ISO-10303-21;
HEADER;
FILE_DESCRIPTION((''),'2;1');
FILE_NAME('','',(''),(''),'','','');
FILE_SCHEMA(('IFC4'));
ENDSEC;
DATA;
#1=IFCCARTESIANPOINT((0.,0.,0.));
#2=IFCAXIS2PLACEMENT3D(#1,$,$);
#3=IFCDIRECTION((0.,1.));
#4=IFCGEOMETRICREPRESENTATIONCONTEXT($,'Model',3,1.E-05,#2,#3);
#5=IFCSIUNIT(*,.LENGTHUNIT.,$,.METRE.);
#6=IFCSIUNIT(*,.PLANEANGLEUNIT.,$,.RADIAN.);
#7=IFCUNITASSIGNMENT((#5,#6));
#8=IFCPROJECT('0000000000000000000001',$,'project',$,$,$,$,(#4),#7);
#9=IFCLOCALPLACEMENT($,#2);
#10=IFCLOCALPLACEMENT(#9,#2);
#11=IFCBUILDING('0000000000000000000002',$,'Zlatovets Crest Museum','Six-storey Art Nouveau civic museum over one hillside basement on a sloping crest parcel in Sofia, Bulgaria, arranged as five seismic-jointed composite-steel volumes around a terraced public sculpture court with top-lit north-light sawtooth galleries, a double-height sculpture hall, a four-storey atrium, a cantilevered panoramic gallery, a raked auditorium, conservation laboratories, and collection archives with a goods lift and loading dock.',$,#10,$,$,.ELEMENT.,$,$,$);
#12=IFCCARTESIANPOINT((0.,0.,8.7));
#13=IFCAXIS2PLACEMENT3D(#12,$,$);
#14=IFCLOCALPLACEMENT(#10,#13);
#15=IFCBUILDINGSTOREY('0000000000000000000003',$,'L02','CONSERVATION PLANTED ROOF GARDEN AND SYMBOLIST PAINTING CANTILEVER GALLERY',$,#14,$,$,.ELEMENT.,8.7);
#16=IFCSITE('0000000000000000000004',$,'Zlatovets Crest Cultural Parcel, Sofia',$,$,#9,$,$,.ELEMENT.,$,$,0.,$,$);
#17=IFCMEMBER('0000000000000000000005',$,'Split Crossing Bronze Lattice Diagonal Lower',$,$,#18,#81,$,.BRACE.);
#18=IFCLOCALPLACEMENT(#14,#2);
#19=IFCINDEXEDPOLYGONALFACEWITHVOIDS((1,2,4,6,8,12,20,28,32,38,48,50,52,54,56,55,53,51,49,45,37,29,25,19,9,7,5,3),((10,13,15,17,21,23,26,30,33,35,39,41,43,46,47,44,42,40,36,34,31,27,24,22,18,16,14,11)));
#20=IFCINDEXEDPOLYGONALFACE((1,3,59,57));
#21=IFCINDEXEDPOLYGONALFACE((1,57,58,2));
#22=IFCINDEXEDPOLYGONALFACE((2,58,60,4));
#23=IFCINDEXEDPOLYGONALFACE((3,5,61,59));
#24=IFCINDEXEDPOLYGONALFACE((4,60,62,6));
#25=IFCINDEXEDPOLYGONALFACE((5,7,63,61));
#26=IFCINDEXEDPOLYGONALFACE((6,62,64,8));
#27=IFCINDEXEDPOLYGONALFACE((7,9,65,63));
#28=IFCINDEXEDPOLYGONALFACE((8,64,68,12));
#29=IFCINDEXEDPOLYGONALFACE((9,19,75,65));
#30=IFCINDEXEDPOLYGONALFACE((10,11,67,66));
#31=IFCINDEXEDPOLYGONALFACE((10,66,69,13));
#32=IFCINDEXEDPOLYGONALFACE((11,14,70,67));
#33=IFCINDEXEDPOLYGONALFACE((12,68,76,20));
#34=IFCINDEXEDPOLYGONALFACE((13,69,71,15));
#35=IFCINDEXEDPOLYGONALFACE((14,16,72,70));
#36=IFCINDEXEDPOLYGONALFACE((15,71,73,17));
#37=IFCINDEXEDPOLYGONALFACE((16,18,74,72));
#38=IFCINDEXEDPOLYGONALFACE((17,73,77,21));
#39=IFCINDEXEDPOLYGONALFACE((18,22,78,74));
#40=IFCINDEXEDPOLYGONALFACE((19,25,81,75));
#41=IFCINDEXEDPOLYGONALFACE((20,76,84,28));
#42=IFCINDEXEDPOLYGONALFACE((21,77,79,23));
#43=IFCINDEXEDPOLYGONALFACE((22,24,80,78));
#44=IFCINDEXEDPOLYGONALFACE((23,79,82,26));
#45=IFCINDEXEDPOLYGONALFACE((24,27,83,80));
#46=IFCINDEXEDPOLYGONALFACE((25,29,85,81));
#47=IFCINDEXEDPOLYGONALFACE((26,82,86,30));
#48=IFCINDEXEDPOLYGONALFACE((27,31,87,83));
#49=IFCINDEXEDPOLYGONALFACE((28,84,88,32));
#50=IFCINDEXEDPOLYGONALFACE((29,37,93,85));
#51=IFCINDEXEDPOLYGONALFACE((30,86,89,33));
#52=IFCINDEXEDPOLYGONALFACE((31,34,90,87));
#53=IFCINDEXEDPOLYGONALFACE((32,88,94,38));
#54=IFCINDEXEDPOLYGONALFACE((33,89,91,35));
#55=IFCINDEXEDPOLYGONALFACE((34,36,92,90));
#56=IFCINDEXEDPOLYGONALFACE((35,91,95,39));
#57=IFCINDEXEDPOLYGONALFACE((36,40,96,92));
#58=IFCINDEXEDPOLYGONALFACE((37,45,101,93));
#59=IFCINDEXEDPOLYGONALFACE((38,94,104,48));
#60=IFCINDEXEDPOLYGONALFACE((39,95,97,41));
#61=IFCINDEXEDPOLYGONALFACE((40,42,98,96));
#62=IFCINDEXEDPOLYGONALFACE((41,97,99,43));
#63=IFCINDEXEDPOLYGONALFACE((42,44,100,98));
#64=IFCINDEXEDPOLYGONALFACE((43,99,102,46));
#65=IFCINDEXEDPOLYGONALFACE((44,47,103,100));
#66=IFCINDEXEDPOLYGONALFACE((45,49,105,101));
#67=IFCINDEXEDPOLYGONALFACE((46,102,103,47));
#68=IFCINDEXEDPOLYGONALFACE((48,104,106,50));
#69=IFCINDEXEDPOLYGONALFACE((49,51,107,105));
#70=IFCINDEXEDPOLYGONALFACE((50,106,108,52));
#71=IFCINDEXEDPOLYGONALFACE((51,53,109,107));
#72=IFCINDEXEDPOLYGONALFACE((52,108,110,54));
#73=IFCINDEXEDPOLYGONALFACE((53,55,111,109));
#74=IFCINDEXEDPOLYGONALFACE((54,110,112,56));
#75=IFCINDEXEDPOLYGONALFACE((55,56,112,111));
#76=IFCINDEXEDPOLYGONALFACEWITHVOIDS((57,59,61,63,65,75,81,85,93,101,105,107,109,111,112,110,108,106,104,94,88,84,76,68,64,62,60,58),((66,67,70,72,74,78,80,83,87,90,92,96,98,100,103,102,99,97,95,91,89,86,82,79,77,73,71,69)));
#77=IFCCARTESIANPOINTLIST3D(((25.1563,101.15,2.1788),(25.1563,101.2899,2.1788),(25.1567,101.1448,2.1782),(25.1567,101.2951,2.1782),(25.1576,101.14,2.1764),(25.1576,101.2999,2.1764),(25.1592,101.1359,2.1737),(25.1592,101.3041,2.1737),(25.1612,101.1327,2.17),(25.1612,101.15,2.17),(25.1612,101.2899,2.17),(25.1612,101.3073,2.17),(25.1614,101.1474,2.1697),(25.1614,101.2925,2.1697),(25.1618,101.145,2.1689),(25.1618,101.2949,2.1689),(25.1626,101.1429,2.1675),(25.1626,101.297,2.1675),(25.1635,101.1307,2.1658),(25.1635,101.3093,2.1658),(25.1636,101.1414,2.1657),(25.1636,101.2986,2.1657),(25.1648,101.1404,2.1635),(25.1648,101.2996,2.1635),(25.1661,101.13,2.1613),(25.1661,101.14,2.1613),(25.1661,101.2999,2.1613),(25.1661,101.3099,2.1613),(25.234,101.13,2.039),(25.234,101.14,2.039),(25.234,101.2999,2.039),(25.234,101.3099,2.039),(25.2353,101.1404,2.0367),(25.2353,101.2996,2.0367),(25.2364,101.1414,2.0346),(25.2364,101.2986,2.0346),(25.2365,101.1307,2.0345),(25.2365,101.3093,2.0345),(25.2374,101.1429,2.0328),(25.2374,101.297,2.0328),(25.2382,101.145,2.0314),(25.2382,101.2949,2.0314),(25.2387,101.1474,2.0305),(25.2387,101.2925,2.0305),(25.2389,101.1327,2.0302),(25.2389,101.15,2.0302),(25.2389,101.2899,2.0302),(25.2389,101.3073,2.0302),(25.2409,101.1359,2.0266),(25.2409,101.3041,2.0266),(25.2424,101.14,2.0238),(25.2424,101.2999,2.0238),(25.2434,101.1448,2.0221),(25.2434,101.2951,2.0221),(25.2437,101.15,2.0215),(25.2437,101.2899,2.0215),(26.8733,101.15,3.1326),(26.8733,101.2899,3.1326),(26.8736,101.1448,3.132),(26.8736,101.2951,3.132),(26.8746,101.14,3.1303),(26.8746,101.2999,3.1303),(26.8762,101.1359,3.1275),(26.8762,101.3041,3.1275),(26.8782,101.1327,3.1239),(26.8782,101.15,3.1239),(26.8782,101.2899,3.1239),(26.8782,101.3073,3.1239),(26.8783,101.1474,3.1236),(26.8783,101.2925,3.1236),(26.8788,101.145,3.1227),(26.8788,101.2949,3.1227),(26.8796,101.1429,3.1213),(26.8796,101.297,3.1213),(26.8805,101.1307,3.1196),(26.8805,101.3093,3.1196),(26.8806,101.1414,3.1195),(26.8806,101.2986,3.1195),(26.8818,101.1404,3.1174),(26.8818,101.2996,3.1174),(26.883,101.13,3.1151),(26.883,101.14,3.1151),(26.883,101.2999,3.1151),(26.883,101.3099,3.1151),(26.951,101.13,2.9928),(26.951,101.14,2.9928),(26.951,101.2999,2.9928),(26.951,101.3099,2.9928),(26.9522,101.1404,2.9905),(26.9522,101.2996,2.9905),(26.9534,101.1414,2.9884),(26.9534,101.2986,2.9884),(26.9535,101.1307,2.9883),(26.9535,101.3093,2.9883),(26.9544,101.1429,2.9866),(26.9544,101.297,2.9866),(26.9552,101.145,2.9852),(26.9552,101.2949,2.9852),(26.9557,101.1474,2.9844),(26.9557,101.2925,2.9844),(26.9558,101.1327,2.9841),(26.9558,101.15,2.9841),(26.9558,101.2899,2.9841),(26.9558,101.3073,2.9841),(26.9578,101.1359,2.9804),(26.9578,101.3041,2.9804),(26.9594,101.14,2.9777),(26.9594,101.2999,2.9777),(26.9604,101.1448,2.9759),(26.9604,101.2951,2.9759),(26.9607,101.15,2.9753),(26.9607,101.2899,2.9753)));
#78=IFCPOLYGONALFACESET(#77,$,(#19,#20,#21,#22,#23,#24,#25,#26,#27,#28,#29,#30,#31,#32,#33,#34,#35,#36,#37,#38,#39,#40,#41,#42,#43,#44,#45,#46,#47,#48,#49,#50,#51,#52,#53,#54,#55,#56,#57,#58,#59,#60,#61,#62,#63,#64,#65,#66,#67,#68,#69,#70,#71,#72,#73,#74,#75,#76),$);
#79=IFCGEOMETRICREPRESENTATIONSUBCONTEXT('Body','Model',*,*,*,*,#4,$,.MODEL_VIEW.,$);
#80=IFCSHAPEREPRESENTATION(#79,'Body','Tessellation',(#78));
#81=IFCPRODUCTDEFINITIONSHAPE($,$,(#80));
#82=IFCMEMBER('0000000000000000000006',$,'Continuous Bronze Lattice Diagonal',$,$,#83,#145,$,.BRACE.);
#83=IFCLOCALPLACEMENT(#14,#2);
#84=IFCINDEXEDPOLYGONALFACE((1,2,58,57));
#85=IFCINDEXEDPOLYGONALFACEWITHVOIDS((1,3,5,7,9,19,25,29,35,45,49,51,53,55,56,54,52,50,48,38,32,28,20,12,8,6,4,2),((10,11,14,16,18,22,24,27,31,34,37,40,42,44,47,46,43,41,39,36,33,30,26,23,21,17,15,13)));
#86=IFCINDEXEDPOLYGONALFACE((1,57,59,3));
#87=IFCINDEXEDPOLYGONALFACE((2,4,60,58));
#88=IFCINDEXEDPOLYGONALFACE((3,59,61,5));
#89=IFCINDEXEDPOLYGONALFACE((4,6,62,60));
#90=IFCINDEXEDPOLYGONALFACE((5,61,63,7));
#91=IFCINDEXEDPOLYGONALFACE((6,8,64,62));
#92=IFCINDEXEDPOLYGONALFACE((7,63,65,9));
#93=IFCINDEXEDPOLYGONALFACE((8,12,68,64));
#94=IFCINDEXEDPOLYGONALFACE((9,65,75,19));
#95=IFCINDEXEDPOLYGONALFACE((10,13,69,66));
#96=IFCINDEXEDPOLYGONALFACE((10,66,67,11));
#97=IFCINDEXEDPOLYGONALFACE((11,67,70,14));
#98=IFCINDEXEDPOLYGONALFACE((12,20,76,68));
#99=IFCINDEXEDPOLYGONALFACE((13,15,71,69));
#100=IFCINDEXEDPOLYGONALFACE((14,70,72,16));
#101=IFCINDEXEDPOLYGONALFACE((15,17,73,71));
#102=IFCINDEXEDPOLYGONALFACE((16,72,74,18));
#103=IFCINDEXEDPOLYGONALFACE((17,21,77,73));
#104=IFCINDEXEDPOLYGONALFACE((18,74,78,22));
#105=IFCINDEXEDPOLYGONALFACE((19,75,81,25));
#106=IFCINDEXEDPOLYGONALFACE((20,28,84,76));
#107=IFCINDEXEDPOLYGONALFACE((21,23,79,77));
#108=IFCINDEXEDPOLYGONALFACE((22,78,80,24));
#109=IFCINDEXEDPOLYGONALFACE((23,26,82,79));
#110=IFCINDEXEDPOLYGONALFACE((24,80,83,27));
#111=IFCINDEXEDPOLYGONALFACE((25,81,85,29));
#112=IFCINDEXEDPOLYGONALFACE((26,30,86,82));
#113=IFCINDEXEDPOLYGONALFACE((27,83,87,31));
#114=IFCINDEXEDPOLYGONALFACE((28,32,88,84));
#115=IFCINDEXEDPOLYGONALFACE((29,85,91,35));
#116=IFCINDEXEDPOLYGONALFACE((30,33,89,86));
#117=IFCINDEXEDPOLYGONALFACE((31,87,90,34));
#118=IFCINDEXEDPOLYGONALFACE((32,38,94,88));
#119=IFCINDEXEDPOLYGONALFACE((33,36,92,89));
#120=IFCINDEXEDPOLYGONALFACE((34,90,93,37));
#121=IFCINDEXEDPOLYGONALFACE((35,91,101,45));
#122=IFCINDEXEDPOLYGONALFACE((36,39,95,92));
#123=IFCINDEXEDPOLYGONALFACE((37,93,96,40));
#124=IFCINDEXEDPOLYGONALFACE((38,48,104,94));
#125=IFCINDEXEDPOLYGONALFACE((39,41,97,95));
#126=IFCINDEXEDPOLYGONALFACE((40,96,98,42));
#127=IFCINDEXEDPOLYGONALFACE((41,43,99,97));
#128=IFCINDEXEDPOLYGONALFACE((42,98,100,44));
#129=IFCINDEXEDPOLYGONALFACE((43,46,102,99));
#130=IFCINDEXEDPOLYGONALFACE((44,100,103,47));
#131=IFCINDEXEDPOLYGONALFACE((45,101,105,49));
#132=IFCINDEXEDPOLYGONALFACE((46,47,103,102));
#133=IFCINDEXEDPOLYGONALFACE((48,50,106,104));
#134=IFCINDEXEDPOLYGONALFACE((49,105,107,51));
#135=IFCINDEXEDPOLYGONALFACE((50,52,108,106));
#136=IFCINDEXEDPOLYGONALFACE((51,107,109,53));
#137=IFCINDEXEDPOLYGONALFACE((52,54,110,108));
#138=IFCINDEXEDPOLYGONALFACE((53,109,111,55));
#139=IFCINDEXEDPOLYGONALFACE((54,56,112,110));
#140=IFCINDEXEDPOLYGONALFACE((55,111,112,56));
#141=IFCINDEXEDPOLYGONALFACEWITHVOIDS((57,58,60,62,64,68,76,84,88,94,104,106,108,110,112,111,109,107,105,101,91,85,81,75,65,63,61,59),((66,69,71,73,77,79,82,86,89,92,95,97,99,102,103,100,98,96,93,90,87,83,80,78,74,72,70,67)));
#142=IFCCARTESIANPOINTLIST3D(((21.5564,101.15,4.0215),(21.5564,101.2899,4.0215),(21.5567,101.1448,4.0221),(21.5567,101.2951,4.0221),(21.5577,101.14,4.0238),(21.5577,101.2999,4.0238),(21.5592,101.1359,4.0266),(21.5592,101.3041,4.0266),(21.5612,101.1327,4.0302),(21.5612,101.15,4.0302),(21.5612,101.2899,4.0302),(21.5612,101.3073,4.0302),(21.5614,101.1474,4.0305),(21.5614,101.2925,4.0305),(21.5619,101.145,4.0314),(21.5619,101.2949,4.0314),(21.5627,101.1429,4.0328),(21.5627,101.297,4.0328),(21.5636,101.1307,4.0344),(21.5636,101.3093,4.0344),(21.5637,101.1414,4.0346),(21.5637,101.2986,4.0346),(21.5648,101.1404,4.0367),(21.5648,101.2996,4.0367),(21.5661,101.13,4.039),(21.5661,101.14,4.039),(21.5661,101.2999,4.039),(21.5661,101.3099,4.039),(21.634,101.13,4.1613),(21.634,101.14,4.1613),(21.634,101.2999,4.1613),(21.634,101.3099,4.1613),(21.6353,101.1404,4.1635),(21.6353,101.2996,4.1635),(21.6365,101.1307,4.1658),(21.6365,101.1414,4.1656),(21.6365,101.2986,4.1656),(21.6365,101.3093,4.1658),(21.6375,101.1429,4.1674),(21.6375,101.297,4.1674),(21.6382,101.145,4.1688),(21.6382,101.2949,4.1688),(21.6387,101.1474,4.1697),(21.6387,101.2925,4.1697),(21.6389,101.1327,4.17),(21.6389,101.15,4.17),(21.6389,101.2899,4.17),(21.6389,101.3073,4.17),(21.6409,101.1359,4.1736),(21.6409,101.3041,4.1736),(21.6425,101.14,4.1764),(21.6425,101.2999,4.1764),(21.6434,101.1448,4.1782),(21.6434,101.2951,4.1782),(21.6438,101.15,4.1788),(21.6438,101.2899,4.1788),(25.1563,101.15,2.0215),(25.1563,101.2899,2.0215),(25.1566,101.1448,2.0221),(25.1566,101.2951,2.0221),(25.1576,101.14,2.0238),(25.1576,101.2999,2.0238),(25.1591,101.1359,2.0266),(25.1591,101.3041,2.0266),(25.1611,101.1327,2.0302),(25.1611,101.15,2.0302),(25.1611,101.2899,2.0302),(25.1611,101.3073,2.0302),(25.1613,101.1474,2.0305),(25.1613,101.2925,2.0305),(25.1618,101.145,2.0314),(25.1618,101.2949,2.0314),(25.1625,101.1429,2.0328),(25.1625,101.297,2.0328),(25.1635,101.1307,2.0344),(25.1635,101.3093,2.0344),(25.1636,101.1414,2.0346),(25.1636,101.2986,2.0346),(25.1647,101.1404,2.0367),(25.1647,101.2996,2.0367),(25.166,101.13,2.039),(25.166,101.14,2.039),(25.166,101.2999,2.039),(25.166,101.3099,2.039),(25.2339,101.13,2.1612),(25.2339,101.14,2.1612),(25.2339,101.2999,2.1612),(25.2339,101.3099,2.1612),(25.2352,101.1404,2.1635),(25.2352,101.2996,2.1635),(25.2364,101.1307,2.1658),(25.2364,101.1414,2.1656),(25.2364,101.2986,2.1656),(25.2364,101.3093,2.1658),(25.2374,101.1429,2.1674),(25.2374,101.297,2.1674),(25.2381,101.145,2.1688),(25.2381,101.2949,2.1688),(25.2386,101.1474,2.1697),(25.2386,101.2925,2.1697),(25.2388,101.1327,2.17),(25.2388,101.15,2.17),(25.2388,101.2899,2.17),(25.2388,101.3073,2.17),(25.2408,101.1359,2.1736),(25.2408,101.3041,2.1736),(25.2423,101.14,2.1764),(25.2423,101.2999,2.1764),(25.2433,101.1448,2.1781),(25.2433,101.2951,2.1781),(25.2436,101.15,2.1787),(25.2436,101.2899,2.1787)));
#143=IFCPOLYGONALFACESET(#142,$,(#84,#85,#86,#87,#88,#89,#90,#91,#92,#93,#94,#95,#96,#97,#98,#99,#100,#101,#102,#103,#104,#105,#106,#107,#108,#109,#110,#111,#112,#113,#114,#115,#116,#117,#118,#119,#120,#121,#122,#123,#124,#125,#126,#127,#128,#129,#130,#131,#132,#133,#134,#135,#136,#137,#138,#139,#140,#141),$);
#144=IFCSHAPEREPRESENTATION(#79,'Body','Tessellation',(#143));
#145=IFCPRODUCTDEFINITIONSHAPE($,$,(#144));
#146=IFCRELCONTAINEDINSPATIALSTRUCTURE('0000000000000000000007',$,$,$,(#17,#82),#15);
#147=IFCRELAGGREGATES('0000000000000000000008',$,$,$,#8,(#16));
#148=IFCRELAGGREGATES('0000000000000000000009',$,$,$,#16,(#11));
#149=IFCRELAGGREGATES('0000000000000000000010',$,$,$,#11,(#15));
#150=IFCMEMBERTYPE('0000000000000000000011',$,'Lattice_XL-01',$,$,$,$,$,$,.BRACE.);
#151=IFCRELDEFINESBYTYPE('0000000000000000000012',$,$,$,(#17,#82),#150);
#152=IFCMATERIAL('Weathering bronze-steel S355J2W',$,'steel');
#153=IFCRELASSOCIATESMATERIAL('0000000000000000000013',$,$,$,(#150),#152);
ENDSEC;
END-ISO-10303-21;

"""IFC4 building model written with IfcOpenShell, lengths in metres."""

from ifc_helpers import new_model, si_unit, direction, frame, origin, origin_2d, place, context, subcontext, project, spatial, hollow_rectangle, extrude, material, material_profile, profile_set, type_object, element, save


model = new_model("IFC4")

# Units and contexts
model_context = context("Model", 3, precision=1e-05, world=origin(), true_north=direction((0.0, 1.0)))
body_context = subcontext(model_context, "Body", "Model", "MODEL_VIEW")
ifc_project = project(units=[si_unit("LENGTHUNIT", "METRE"), si_unit("PLANEANGLEUNIT", "RADIAN")], contexts=[model_context])

# Site, building, storey
site_placement = place(None, origin())
site = spatial("IfcSite", under=ifc_project, at=site_placement, Name="Zlatovets Crest Cultural Parcel, Sofia", CompositionType="ELEMENT", RefElevation=0.0)
building_placement = place(site_placement, origin())
building = spatial("IfcBuilding", under=site, at=building_placement, Name="Zlatovets Crest Museum", Description="Six-storey Art Nouveau civic museum over one hillside basement on a sloping crest parcel in Sofia, Bulgaria, arranged as five seismic-jointed composite-steel volumes around a terraced public sculpture court with top-lit north-light sawtooth galleries, a double-height sculpture hall, a four-storey atrium, a cantilevered panoramic gallery, a raked auditorium, conservation laboratories, and collection archives with a goods lift and loading dock.", CompositionType="ELEMENT")
storey_placement = place(building_placement, frame((0.0, 0.0, 8.7)))
storey = spatial("IfcBuildingStorey", under=building, at=storey_placement, Name="L02", Description="CONSERVATION PLANTED ROOF GARDEN AND SYMBOLIST PAINTING CANTILEVER GALLERY", CompositionType="ELEMENT", Elevation=8.7)

# Members
ifc_material_1 = material(Name="Weathering bronze-steel S355J2W", Category="steel")
ifc_material_profile_1 = material_profile(ifc_material_1, hollow_rectangle(XDim=0.1799, YDim=0.1799, WallThickness=0.01, InnerFilletRadius=0.01, OuterFilletRadius=0.02, at=origin_2d()), Name="SHS 180x180x10.0")
ifc_profile_set_1 = profile_set([ifc_material_profile_1], Name="Weathering bronze-steel S355J2W")
member_type_1 = type_object("IfcMemberType", Name="Lattice_XL-01", PredefinedType="BRACE", material=ifc_profile_set_1)
member_1_placement = place(storey_placement, frame((26.917, 101.22, 3.054), z_axis=(-0.874169, 0.0, -0.485622), x_axis=(0.0, -1.0, 0.0)))
element("IfcMember", 1, at=member_1_placement, inside=storey, type_object=member_type_1, Name="Split Crossing Bronze Lattice Diagonal Lower", PredefinedType="BRACE", context=body_context, shape_type="SweptSolid", body=[
    extrude(hollow_rectangle(XDim=0.1799, YDim=0.1799, WallThickness=0.01, InnerFilletRadius=0.01, OuterFilletRadius=0.02, at=origin_2d()), origin(), (0.0, 0.0, 1.0), 1.9641),
])
member_2_placement = place(storey_placement, frame((25.2, 101.22, 2.1001), z_axis=(-0.874149, 0.0, 0.485658), x_axis=(0.0, -1.0, 0.0)))
element("IfcMember", 2, at=member_2_placement, inside=storey, type_object=member_type_1, Name="Continuous Bronze Lattice Diagonal", PredefinedType="BRACE", context=body_context, shape_type="SweptSolid", body=[
    extrude(hollow_rectangle(XDim=0.1799, YDim=0.1799, WallThickness=0.01, InnerFilletRadius=0.01, OuterFilletRadius=0.02, at=origin_2d()), origin(), (0.0, 0.0, 1.0), 4.1182),
])

save(model, "model.ifc")
